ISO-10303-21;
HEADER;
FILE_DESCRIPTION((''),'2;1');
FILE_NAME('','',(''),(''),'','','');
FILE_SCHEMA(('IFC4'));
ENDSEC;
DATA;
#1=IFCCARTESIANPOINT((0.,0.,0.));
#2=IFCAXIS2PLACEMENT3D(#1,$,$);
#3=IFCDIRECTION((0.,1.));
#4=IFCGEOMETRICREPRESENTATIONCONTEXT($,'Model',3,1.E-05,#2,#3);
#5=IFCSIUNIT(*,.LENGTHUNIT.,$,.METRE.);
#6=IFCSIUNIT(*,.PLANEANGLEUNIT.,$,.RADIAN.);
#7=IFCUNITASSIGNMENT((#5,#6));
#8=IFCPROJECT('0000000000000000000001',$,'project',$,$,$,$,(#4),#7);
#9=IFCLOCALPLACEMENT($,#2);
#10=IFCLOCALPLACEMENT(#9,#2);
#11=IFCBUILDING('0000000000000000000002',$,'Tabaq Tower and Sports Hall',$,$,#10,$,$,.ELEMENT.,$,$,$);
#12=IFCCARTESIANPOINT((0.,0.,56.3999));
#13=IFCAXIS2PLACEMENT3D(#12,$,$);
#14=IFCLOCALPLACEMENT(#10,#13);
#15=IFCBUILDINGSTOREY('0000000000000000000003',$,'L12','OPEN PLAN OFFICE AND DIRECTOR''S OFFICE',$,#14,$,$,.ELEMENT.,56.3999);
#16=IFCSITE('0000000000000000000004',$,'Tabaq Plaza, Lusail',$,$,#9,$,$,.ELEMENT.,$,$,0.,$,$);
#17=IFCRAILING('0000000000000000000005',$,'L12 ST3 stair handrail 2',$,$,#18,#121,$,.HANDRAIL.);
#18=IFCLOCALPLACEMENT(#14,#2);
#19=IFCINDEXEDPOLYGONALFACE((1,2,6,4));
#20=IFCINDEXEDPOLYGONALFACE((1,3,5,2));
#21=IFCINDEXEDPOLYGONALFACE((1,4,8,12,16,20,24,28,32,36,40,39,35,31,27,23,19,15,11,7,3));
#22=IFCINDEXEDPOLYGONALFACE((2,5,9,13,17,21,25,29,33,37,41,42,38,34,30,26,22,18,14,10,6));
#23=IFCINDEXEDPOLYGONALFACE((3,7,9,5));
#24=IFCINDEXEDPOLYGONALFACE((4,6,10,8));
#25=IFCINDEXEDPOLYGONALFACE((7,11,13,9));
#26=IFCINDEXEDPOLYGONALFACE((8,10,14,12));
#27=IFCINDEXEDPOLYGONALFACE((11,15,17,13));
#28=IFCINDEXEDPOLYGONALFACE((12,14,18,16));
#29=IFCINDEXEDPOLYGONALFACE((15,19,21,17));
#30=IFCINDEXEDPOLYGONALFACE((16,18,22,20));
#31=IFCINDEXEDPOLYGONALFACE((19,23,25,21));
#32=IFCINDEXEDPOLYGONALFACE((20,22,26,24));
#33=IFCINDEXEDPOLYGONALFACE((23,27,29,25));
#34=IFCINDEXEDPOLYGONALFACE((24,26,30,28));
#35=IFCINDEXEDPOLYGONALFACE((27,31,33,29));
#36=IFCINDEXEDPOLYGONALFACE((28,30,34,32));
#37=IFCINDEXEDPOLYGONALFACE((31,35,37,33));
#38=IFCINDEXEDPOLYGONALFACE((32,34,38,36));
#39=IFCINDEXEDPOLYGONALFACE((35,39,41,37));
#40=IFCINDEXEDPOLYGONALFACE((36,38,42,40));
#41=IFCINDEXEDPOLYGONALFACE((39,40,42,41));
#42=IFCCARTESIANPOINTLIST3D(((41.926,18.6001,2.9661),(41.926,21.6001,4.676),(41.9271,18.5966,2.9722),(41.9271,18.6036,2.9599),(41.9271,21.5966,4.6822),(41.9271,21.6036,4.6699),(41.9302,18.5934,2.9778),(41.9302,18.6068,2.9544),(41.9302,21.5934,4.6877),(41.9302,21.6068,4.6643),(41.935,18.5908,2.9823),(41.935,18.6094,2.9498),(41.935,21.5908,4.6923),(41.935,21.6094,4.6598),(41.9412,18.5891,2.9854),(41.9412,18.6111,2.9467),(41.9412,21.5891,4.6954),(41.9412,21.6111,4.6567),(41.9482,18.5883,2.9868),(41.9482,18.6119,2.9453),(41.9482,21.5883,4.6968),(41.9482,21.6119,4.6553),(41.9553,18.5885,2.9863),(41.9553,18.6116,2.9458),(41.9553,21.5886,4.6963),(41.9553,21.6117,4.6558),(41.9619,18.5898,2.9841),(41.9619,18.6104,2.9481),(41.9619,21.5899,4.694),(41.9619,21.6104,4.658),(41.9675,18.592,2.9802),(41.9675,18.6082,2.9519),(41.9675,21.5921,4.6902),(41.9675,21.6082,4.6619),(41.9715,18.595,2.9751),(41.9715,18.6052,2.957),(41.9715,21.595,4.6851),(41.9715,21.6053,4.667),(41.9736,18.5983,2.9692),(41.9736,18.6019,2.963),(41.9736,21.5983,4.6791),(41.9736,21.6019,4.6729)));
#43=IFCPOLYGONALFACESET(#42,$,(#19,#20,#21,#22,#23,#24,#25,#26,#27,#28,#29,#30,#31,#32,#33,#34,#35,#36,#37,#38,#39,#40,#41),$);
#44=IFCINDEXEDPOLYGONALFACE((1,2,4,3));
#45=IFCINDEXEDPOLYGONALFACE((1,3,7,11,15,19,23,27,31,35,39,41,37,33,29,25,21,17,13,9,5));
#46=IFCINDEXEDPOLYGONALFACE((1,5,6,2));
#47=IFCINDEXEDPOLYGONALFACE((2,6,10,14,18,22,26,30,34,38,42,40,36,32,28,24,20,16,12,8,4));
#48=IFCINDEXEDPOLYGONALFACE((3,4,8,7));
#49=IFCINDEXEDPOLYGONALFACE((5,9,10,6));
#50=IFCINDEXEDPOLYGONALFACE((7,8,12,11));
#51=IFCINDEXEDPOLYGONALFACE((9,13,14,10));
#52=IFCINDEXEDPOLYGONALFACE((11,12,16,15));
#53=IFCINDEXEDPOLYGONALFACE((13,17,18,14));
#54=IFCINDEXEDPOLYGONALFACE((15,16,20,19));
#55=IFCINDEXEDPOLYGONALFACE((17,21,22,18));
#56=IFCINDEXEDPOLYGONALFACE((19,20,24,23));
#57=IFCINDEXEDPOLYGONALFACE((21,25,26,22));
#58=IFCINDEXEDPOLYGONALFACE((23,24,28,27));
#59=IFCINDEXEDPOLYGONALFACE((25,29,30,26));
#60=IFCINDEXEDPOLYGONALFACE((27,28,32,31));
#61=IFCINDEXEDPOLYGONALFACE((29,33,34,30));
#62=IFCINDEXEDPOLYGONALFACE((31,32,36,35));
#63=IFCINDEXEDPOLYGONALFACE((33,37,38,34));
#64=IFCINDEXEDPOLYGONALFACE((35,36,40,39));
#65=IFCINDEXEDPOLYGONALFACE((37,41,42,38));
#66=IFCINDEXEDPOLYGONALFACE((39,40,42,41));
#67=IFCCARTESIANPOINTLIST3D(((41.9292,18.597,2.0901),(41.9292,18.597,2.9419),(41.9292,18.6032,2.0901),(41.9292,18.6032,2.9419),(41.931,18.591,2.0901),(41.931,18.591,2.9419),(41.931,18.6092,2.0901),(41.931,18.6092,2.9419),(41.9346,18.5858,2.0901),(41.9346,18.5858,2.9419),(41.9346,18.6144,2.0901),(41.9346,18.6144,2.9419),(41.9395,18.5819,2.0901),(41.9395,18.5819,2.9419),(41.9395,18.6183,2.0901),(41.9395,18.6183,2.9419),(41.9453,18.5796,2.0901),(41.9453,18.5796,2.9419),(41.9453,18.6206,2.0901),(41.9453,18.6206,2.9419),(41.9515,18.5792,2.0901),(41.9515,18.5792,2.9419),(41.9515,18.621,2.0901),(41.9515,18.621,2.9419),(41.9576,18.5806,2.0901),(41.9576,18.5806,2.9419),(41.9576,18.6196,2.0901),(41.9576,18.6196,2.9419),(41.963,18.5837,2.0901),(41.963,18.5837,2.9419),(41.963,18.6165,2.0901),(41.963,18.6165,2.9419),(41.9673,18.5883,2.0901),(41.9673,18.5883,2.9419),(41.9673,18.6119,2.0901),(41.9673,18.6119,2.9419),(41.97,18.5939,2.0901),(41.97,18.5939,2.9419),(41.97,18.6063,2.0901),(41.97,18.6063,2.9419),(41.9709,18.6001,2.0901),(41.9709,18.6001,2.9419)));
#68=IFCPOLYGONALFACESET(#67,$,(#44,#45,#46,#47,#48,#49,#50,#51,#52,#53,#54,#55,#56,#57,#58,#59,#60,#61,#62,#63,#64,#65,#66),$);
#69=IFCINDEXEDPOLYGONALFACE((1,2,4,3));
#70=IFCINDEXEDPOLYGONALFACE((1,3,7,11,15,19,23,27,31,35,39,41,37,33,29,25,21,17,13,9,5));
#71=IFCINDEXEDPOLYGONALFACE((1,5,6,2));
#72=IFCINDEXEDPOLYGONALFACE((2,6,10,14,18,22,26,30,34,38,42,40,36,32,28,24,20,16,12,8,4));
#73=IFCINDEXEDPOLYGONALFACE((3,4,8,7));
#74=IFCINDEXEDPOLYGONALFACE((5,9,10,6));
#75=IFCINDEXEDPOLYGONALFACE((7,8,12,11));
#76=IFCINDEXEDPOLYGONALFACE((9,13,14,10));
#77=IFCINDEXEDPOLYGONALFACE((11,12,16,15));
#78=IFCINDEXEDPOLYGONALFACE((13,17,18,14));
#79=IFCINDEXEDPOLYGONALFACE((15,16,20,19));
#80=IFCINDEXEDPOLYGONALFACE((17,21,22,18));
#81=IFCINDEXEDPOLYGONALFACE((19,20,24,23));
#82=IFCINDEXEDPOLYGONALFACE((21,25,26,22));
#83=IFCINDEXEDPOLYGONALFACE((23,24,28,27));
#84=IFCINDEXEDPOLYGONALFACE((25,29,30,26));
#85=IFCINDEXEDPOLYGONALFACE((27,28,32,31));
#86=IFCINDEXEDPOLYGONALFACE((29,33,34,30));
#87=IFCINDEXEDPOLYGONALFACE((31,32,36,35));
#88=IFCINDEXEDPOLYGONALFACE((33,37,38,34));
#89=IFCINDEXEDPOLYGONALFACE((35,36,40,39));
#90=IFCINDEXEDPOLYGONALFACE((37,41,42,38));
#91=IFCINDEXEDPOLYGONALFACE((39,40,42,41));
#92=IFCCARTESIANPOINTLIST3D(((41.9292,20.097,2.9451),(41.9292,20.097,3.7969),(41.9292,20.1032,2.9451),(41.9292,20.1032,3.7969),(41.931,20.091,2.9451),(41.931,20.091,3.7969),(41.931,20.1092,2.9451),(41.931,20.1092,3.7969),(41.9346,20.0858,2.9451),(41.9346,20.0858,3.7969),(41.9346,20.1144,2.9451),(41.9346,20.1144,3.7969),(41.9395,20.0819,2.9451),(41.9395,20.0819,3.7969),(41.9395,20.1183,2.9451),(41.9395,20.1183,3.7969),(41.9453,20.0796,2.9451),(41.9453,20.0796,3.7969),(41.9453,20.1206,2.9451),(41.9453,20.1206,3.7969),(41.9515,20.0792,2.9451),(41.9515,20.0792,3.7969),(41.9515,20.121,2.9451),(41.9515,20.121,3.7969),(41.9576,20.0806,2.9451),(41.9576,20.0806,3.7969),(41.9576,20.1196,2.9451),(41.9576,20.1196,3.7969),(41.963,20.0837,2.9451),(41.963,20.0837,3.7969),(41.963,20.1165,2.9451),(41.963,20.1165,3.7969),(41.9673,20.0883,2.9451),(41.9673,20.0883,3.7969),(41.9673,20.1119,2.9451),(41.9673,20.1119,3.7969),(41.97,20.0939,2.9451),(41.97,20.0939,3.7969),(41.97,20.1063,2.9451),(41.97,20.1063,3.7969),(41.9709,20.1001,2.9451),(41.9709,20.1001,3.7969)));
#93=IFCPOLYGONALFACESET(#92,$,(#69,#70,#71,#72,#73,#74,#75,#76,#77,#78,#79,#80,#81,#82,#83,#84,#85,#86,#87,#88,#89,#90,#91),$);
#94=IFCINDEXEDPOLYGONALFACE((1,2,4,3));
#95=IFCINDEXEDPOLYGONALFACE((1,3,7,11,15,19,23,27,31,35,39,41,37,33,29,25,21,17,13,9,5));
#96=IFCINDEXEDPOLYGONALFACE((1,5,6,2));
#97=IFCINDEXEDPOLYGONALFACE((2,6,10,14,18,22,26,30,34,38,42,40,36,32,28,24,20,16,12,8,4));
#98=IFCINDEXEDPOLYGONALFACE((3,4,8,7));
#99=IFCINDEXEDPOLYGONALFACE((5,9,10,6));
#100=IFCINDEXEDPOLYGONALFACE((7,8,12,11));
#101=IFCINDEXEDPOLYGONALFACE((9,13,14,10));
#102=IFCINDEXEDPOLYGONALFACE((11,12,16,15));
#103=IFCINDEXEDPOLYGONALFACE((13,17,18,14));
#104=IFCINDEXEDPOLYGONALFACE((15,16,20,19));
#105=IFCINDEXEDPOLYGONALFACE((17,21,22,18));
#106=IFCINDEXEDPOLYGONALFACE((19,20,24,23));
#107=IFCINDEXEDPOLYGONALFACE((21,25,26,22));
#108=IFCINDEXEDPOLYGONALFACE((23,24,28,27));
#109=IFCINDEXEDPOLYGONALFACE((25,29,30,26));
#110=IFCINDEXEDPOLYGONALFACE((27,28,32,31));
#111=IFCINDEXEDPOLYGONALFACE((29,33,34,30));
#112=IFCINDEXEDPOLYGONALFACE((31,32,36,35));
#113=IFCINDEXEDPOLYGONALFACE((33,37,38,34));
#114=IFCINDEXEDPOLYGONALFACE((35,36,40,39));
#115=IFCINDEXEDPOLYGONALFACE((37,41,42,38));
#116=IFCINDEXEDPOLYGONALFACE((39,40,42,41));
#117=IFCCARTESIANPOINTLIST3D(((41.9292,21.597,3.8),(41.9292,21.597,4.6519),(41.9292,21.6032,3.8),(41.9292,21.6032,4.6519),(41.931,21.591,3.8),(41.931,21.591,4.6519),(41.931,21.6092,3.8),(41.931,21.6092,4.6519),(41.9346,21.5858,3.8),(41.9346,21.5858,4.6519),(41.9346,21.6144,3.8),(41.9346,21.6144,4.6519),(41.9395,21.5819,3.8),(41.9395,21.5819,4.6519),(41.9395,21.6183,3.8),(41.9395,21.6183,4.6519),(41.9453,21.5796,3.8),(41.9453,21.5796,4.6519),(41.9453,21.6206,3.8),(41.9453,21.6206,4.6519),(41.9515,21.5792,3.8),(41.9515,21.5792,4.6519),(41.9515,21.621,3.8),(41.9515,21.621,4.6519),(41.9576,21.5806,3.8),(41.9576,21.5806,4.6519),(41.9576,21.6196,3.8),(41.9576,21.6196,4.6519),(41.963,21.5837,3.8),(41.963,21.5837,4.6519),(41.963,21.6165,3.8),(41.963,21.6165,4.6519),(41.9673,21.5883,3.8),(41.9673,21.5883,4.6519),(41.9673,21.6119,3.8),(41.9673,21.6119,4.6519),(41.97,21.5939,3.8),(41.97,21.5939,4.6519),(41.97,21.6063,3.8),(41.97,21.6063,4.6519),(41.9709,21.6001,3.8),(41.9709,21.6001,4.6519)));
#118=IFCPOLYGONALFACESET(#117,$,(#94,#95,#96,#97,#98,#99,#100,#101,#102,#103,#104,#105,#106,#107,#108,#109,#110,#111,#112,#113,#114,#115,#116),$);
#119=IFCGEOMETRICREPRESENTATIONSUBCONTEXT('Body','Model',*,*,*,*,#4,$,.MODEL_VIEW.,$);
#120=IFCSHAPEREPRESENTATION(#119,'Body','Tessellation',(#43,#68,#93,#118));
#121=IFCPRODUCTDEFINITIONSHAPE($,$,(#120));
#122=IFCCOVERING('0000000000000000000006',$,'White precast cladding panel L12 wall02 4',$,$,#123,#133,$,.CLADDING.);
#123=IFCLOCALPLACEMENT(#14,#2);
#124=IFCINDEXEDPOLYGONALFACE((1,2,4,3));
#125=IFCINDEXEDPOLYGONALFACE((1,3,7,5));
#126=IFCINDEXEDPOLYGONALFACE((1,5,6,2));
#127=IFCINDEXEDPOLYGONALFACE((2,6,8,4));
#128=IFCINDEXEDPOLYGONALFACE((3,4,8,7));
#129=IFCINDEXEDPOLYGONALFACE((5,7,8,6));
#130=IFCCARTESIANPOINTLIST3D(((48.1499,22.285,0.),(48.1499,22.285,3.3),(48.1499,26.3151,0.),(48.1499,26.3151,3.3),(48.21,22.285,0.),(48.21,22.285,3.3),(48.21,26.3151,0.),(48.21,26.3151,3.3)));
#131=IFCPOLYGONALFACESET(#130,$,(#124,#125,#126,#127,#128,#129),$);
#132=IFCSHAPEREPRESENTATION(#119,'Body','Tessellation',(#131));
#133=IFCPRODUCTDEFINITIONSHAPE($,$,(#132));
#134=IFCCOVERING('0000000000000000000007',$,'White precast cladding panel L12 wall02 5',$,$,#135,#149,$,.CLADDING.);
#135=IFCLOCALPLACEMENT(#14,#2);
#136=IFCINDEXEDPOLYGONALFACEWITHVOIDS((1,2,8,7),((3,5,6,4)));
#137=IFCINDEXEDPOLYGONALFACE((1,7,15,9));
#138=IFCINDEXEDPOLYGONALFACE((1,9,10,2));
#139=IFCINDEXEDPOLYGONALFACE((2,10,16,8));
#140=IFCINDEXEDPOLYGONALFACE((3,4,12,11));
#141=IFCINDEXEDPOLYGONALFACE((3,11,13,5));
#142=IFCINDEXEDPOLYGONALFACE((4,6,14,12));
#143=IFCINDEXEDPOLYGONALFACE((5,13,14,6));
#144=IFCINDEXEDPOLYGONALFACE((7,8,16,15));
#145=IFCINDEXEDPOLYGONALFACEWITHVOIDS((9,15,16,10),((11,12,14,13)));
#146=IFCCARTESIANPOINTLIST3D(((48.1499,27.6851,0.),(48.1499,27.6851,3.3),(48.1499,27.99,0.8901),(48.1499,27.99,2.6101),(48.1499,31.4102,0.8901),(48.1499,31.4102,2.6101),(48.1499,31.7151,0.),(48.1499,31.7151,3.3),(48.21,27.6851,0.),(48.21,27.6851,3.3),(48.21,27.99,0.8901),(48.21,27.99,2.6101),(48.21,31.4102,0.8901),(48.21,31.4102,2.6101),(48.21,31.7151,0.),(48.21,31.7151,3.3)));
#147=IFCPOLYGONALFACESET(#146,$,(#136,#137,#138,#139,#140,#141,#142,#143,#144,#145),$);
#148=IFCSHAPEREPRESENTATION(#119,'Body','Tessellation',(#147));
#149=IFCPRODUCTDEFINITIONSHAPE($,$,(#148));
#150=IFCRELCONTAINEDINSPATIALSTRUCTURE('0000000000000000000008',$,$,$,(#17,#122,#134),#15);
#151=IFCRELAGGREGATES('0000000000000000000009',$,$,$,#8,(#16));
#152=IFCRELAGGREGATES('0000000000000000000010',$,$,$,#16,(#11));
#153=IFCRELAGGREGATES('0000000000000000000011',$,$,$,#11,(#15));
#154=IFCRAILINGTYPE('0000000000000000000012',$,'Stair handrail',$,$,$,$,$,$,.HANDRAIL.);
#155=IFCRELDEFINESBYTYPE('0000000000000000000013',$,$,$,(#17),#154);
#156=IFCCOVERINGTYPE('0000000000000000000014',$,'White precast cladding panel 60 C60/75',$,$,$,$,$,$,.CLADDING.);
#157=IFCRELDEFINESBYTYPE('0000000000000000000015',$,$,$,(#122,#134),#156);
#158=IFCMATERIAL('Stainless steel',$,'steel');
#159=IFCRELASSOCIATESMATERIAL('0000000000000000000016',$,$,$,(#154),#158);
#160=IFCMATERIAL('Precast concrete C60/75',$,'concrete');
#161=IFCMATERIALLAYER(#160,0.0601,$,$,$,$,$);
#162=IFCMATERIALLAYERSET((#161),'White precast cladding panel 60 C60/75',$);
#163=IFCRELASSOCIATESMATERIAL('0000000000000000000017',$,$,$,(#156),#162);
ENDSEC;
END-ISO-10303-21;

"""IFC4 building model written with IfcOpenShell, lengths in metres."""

from ifc_helpers import new_model, si_unit, direction, frame, frame_2d, origin, origin_2d, place, context, subcontext, project, spatial, polyline, rectangle, circle, outline, extrude, material, layer, layer_set, type_object, element, save


model = new_model("IFC4")

# Units and contexts
model_context = context("Model", 3, precision=1e-05, world=origin(), true_north=direction((0.0, 1.0)))
body_context = subcontext(model_context, "Body", "Model", "MODEL_VIEW")
ifc_project = project(units=[si_unit("LENGTHUNIT", "METRE"), si_unit("PLANEANGLEUNIT", "RADIAN")], contexts=[model_context])

# Site, building, storey
site_placement = place(None, origin())
site = spatial("IfcSite", under=ifc_project, at=site_placement, Name="Tabaq Plaza, Lusail", CompositionType="ELEMENT", RefElevation=0.0)
building_placement = place(site_placement, origin())
building = spatial("IfcBuilding", under=site, at=building_placement, Name="Tabaq Tower and Sports Hall", CompositionType="ELEMENT")
storey_placement = place(building_placement, frame((0.0, 0.0, 56.3999)))
storey = spatial("IfcBuildingStorey", under=building, at=storey_placement, Name="L12", Description="OPEN PLAN OFFICE AND DIRECTOR'S OFFICE", CompositionType="ELEMENT", Elevation=56.3999)

# Railing
ifc_material_1 = material(Name="Stainless steel", Category="steel")
railing_type_1 = type_object("IfcRailingType", Name="Stair handrail", PredefinedType="HANDRAIL", material=ifc_material_1)
railing_1_placement = place(storey_placement, frame((41.95, 18.6001, 2.0901)))
element("IfcRailing", 1, at=railing_1_placement, inside=storey, type_object=railing_type_1, Name="L12 ST3 stair handrail 2", PredefinedType="HANDRAIL", context=body_context, shape_type="SweptSolid", body=[
    extrude(circle(Radius=0.0239, at=origin_2d()), frame((0.0, 0.0, 0.876), z_axis=(0.0, 0.868782, 0.495195), x_axis=(-1.0, 0.0, 0.0)), (0.0, 0.0, 1.0), 3.4531),
    extrude(circle(Radius=0.021, at=origin_2d()), origin(), (0.0, 0.0, 1.0), 0.8518),
    extrude(circle(Radius=0.021, at=origin_2d()), frame((0.0, 1.5, 0.855)), (0.0, 0.0, 1.0), 0.8518),
    extrude(circle(Radius=0.021, at=origin_2d()), frame((0.0, 3.0, 1.71)), (0.0, 0.0, 1.0), 0.8518),
])

# Coverings
ifc_material_2 = material(Name="Precast concrete C60/75", Category="concrete")
ifc_layer_1 = layer(ifc_material_2, 0.0601)
ifc_layer_set_1 = layer_set([ifc_layer_1], Name="White precast cladding panel 60 C60/75")
covering_type_1 = type_object("IfcCoveringType", Name="White precast cladding panel 60 C60/75", PredefinedType="CLADDING", material=ifc_layer_set_1)
covering_1_placement = place(storey_placement, frame((48.1799, 22.2849, 0.0), z_axis=(0.0, 0.0, 1.0), x_axis=(0.0, 1.0, 0.0)))
element("IfcCovering", 2, at=covering_1_placement, inside=storey, type_object=covering_type_1, Name="White precast cladding panel L12 wall02 4", PredefinedType="CLADDING", context=body_context, shape_type="SweptSolid", body=[
    extrude(rectangle(XDim=4.03, YDim=0.0601, at=frame_2d((2.0151, 0.0))), origin(), (0.0, 0.0, 1.0), 3.3),
])
covering_2_placement = place(storey_placement, frame((48.1799, 27.6851, 0.0), z_axis=(0.0, 0.0, 1.0), x_axis=(0.0, 1.0, 0.0)))
element("IfcCovering", 3, at=covering_2_placement, inside=storey, type_object=covering_type_1, Name="White precast cladding panel L12 wall02 5", PredefinedType="CLADDING", context=body_context, shape_type="SweptSolid", body=[
    extrude(outline(polyline([(0.0, 0.0), (4.03, 0.0), (4.03, 3.3), (0.0, 3.3), (0.0, 0.0)]), holes=[polyline([(0.3049, 0.8901), (0.3049, 2.6101), (3.7251, 2.6101), (3.7251, 0.8901), (0.3049, 0.8901)])]), frame((0.0, 0.03, 0.0), z_axis=(0.0, -1.0, 0.0), x_axis=(1.0, 0.0, 0.0)), (0.0, 0.0, 1.0), 0.0601),
])

save(model, "model.ifc")
